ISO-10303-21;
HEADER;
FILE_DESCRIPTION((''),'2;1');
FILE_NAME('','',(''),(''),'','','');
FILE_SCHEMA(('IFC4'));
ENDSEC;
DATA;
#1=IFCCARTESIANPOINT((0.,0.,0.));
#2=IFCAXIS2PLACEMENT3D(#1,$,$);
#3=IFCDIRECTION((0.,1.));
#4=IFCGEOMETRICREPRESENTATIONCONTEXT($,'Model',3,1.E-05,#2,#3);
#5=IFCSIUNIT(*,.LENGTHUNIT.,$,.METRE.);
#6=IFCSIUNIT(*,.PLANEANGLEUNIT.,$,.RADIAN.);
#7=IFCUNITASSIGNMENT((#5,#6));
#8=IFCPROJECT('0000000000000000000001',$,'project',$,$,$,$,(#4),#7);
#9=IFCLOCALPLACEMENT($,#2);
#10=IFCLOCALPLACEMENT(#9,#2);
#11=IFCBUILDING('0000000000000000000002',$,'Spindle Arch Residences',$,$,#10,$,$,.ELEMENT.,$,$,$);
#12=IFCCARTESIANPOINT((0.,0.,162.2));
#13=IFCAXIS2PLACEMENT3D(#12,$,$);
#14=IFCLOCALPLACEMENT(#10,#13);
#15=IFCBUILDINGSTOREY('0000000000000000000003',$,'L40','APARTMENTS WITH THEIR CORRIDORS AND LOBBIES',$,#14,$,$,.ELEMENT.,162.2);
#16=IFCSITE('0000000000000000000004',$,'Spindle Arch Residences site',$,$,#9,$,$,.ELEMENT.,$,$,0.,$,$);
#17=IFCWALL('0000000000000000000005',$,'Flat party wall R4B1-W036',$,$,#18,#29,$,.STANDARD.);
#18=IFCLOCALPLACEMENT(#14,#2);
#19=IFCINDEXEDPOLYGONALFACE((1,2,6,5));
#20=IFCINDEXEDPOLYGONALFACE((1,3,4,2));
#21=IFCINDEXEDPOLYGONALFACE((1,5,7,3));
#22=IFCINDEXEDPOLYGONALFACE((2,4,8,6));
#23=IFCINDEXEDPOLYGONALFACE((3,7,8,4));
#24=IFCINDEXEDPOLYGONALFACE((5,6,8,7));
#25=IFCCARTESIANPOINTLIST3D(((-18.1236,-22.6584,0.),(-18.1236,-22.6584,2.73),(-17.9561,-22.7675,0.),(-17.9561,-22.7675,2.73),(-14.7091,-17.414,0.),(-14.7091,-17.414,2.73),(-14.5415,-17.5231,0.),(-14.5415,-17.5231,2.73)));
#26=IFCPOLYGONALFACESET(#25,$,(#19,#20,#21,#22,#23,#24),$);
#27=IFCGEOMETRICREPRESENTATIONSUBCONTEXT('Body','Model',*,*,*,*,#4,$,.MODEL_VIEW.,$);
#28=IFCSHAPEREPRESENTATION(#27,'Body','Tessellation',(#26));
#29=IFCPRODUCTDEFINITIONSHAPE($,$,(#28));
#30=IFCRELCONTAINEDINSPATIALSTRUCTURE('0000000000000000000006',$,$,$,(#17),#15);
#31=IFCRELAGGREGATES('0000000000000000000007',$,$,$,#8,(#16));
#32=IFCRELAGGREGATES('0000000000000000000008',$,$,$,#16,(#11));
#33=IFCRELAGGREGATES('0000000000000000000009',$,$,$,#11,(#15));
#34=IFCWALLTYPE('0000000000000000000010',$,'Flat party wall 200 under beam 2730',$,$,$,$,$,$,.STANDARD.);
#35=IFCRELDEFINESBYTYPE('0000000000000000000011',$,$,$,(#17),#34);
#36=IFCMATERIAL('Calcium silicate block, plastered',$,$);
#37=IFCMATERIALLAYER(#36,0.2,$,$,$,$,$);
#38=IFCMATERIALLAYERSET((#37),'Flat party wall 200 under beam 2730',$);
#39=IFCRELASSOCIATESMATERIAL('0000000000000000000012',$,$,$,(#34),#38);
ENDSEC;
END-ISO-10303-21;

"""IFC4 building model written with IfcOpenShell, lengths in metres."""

from ifc_helpers import new_model, si_unit, direction, frame, frame_2d, origin, place, context, subcontext, project, spatial, rectangle, extrude, material, layer, layer_set, type_object, element, save


model = new_model("IFC4")

# Units and contexts
model_context = context("Model", 3, precision=1e-05, world=origin(), true_north=direction((0.0, 1.0)))
body_context = subcontext(model_context, "Body", "Model", "MODEL_VIEW")
ifc_project = project(units=[si_unit("LENGTHUNIT", "METRE"), si_unit("PLANEANGLEUNIT", "RADIAN")], contexts=[model_context])

# Site, building, storey
site_placement = place(None, origin())
site = spatial("IfcSite", under=ifc_project, at=site_placement, Name="Spindle Arch Residences site", CompositionType="ELEMENT", RefElevation=0.0)
building_placement = place(site_placement, origin())
building = spatial("IfcBuilding", under=site, at=building_placement, Name="Spindle Arch Residences", CompositionType="ELEMENT")
storey_placement = place(building_placement, frame((0.0, 0.0, 162.2)))
storey = spatial("IfcBuildingStorey", under=building, at=storey_placement, Name="L40", Description="APARTMENTS WITH THEIR CORRIDORS AND LOBBIES", CompositionType="ELEMENT", Elevation=162.2)

# Wall
ifc_material_1 = material(Name="Calcium silicate block, plastered")
ifc_layer_1 = layer(ifc_material_1, 0.2)
ifc_layer_set_1 = layer_set([ifc_layer_1], Name="Flat party wall 200 under beam 2730")
wall_type_1 = type_object("IfcWallType", Name="Flat party wall 200 under beam 2730", PredefinedType="STANDARD", material=ifc_layer_set_1)
wall_1_placement = place(storey_placement, frame((-18.0398, -22.7129, 0.0), z_axis=(0.0, 0.0, 1.0), x_axis=(0.545629, 0.838027, 0.0)))
element("IfcWall", 1, at=wall_1_placement, inside=storey, type_object=wall_type_1, Name="Flat party wall R4B1-W036", PredefinedType="STANDARD", context=body_context, shape_type="SweptSolid", body=[
    extrude(rectangle(XDim=6.2581, YDim=0.2, at=frame_2d((3.1289, 0.0))), origin(), (0.0, 0.0, 1.0), 2.73),
])

save(model, "model.ifc")
